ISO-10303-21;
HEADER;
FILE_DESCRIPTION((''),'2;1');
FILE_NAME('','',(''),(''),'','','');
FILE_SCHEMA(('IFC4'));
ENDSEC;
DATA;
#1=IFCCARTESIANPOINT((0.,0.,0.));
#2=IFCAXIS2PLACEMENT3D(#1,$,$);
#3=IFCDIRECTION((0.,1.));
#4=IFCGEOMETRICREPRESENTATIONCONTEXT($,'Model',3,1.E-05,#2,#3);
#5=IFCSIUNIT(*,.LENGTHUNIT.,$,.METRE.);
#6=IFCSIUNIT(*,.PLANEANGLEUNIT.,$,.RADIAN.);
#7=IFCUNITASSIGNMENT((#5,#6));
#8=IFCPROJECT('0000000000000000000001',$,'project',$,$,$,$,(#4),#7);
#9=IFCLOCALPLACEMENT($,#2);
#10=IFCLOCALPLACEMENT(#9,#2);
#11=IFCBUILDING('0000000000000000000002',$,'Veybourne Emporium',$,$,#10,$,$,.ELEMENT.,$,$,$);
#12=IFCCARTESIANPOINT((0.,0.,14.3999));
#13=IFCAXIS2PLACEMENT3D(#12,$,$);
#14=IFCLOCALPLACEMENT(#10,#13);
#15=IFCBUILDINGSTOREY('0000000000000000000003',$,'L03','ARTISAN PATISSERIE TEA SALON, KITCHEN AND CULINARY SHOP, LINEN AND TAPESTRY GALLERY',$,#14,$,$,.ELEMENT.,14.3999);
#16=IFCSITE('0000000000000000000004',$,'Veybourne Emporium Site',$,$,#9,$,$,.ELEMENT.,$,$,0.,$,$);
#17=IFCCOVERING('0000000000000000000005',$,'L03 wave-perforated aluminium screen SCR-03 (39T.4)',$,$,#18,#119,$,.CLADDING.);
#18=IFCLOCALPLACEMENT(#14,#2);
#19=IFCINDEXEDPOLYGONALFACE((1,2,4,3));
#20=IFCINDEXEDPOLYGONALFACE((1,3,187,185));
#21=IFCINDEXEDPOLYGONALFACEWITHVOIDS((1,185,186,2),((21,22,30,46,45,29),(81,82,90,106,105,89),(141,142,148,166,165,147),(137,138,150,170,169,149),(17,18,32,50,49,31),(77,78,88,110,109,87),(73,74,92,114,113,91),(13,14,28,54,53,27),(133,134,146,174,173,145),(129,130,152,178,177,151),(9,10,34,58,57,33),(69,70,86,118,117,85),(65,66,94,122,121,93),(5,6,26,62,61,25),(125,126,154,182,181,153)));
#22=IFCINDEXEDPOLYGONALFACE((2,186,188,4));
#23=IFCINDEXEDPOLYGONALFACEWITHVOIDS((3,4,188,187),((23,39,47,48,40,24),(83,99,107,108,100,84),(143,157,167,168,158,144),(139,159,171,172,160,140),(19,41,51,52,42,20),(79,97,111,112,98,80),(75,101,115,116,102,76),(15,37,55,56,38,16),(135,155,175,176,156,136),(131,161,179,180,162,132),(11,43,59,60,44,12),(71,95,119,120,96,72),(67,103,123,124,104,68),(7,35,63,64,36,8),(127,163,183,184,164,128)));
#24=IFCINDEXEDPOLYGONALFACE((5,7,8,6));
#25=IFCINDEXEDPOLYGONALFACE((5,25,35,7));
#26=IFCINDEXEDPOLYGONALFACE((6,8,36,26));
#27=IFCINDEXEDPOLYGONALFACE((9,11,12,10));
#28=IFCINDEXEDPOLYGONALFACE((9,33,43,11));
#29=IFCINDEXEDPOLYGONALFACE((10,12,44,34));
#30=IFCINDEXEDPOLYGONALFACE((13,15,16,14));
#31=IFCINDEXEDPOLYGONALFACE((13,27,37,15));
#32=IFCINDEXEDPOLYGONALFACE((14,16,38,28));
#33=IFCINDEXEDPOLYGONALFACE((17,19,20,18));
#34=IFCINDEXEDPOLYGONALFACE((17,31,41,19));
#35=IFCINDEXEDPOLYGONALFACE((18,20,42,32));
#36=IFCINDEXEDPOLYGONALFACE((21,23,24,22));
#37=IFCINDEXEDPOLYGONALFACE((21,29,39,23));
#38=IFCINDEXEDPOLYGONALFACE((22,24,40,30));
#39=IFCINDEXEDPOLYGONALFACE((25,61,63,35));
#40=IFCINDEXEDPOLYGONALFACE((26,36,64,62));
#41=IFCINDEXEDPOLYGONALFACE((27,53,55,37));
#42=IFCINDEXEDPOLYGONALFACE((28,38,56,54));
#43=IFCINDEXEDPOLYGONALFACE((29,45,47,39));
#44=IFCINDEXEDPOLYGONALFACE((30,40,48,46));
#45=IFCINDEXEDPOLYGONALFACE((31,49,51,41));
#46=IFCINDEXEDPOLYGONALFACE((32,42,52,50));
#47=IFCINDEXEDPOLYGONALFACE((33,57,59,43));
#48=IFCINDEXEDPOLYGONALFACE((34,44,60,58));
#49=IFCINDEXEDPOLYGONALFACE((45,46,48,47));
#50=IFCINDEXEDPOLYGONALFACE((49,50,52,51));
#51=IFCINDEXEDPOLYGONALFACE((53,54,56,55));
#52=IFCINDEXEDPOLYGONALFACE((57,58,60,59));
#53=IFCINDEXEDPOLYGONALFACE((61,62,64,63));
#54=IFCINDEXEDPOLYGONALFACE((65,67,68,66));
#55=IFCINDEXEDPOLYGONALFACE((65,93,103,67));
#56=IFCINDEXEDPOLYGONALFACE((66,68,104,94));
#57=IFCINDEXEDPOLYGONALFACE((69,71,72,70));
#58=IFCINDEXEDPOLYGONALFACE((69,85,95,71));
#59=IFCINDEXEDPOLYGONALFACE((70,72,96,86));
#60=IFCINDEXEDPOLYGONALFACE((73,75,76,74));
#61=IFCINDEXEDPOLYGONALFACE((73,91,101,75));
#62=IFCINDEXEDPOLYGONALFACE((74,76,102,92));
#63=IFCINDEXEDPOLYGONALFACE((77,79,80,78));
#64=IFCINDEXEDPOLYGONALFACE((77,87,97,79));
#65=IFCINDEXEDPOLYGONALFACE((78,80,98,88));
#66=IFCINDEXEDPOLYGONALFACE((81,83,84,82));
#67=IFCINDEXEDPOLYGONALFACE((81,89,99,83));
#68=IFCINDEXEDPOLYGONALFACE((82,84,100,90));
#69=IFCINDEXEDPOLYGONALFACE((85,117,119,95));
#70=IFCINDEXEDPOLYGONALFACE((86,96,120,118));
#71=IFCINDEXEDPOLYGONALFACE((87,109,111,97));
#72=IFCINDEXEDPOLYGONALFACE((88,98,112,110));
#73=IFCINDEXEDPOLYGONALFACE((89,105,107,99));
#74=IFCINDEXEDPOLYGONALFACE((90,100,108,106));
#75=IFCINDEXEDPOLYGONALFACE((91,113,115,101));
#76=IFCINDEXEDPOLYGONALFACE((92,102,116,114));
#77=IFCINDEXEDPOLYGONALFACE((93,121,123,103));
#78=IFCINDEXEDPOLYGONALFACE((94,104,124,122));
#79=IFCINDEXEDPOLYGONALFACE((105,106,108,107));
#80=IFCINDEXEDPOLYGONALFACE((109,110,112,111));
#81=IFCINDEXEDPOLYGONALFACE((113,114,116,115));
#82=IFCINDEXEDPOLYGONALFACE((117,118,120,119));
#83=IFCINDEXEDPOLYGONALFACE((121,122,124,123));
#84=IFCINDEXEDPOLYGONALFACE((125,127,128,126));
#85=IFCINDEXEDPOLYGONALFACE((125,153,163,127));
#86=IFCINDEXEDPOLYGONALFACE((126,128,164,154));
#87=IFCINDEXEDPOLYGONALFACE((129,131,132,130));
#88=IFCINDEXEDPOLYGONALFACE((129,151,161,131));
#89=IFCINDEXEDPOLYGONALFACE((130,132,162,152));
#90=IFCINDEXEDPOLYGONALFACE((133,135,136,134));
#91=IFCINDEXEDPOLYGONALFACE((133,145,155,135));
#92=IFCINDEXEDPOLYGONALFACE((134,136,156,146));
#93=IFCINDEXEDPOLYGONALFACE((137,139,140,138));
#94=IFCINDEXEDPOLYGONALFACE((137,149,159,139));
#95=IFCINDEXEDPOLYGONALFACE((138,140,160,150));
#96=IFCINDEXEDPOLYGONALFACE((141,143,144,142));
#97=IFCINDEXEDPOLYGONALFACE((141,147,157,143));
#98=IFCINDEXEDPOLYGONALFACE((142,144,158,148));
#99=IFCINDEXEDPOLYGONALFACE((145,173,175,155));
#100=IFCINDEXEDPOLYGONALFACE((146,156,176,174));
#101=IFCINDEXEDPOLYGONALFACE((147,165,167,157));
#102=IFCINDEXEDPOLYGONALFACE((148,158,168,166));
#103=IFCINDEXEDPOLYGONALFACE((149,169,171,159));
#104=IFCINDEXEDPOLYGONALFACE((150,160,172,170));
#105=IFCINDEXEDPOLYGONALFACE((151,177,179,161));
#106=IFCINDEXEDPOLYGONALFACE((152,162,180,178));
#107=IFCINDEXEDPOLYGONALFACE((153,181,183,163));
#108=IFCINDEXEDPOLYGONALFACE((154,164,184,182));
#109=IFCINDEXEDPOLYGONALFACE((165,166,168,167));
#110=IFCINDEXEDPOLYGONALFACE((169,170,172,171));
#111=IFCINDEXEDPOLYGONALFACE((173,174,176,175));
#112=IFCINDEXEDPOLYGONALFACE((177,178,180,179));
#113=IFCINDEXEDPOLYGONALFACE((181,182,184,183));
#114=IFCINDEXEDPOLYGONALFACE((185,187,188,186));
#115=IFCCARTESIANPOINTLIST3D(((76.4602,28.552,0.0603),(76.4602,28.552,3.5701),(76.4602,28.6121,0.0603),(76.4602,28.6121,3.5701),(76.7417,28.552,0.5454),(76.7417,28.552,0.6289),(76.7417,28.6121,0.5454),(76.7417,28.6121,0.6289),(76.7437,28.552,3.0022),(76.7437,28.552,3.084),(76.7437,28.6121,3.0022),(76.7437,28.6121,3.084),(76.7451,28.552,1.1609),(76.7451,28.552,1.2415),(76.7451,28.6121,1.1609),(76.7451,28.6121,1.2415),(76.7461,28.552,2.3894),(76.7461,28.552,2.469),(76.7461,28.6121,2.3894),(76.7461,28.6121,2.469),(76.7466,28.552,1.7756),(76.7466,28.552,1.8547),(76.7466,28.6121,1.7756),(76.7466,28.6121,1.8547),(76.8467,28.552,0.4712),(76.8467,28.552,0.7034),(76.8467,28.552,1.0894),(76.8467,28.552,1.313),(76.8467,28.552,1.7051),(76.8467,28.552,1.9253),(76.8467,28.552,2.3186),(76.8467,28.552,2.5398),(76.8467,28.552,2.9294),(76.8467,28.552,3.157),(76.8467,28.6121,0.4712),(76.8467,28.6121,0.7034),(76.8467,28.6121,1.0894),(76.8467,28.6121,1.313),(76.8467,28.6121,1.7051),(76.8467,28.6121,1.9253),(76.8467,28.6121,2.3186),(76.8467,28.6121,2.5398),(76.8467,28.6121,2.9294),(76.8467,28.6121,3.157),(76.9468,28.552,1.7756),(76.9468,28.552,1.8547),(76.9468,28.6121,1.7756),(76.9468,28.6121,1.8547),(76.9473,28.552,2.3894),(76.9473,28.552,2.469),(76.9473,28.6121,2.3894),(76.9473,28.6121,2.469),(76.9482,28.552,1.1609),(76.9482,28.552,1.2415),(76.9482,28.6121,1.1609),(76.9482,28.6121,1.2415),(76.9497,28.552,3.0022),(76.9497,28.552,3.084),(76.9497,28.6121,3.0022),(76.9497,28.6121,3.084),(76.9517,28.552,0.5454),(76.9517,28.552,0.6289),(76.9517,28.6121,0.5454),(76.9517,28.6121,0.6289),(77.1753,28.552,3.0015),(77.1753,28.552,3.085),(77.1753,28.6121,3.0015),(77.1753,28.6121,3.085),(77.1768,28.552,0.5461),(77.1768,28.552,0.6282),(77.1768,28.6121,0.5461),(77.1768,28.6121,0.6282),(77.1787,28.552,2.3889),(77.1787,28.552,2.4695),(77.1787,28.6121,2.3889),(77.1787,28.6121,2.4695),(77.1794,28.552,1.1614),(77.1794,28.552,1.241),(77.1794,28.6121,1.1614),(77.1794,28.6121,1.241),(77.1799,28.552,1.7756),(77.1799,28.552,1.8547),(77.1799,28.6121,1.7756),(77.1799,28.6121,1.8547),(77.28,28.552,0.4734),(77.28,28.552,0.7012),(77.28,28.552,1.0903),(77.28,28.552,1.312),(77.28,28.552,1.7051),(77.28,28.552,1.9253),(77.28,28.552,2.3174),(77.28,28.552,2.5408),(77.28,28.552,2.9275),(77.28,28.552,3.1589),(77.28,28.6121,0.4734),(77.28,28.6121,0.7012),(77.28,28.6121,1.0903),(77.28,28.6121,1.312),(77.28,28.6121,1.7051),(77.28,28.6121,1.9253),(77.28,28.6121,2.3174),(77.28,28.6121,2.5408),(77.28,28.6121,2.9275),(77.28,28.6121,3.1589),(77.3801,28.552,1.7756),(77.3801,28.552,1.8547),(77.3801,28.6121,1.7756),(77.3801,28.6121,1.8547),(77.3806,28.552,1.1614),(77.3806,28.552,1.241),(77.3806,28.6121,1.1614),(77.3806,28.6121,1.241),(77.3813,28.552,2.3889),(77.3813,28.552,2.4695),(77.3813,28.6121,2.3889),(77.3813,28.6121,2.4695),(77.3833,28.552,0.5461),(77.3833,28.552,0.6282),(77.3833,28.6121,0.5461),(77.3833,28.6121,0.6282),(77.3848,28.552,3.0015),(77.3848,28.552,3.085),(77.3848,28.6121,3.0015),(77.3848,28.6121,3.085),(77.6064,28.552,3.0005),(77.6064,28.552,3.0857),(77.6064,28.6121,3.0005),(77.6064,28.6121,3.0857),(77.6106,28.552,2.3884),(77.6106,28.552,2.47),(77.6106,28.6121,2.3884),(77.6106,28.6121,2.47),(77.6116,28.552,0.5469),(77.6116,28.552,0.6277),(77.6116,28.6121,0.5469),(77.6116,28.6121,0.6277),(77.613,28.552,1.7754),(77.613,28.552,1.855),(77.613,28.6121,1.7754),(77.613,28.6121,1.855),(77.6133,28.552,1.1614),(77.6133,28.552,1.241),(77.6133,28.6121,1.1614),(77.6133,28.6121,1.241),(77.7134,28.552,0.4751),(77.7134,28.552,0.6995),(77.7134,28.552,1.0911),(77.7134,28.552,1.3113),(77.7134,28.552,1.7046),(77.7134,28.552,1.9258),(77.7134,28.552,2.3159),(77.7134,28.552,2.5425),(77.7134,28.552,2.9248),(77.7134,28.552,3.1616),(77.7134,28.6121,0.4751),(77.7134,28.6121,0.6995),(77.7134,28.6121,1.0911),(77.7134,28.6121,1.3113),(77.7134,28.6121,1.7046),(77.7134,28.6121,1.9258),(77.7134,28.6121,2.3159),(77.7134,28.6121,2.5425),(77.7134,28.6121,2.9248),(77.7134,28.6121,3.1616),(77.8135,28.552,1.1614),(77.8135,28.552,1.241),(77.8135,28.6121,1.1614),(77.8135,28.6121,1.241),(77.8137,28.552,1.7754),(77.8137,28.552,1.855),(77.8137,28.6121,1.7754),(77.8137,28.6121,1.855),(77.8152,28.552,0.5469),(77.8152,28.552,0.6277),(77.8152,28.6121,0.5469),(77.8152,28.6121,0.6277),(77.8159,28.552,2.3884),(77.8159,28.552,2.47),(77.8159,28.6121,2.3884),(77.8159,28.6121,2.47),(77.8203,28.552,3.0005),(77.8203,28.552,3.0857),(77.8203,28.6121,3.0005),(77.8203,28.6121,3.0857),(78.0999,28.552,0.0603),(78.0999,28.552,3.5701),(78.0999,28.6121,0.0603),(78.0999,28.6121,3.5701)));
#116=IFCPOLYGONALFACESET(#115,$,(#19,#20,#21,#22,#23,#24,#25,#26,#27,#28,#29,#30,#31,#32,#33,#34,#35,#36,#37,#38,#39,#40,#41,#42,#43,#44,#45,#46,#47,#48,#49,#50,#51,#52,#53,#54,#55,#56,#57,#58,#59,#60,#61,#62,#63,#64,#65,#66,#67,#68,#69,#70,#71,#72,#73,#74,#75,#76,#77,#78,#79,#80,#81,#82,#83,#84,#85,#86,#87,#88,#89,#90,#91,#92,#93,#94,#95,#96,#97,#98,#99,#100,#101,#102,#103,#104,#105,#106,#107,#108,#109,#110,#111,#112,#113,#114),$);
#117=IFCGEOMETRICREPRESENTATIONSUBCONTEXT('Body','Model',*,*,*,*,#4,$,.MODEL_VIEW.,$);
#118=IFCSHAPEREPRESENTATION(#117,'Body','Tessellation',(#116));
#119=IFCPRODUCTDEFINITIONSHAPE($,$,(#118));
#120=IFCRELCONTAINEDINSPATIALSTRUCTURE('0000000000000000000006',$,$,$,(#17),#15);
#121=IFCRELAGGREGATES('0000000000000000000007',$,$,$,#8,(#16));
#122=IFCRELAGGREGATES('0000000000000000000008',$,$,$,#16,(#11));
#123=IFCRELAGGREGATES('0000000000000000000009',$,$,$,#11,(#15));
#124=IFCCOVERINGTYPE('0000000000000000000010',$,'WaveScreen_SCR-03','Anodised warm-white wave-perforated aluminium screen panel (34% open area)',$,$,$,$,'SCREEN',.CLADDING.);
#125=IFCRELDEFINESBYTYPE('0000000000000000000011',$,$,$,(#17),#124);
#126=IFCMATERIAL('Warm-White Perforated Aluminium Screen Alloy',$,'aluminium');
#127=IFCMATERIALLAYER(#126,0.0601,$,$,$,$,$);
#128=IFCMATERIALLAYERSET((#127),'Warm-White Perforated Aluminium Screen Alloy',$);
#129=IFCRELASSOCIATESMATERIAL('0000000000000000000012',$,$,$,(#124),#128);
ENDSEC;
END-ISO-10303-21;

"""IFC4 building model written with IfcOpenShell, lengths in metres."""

from ifc_helpers import new_model, si_unit, direction, frame, origin, place, context, subcontext, project, spatial, polyline, outline, extrude, material, layer, layer_set, type_object, element, save


model = new_model("IFC4")

# Units and contexts
model_context = context("Model", 3, precision=1e-05, world=origin(), true_north=direction((0.0, 1.0)))
body_context = subcontext(model_context, "Body", "Model", "MODEL_VIEW")
ifc_project = project(units=[si_unit("LENGTHUNIT", "METRE"), si_unit("PLANEANGLEUNIT", "RADIAN")], contexts=[model_context])

# Site, building, storey
site_placement = place(None, origin())
site = spatial("IfcSite", under=ifc_project, at=site_placement, Name="Veybourne Emporium Site", CompositionType="ELEMENT", RefElevation=0.0)
building_placement = place(site_placement, origin())
building = spatial("IfcBuilding", under=site, at=building_placement, Name="Veybourne Emporium", CompositionType="ELEMENT")
storey_placement = place(building_placement, frame((0.0, 0.0, 14.3999)))
storey = spatial("IfcBuildingStorey", under=building, at=storey_placement, Name="L03", Description="ARTISAN PATISSERIE TEA SALON, KITCHEN AND CULINARY SHOP, LINEN AND TAPESTRY GALLERY", CompositionType="ELEMENT", Elevation=14.3999)

# Covering
ifc_material_1 = material(Name="Warm-White Perforated Aluminium Screen Alloy", Category="aluminium")
ifc_layer_1 = layer(ifc_material_1, 0.0601)
ifc_layer_set_1 = layer_set([ifc_layer_1], Name="Warm-White Perforated Aluminium Screen Alloy")
covering_type_1 = type_object("IfcCoveringType", Name="WaveScreen_SCR-03", Description="Anodised warm-white wave-perforated aluminium screen panel (34% open area)", ElementType="SCREEN", PredefinedType="CLADDING", material=ifc_layer_set_1)
covering_1_placement = place(storey_placement, frame((77.28, 28.552, 1.8152), z_axis=(0.0, 1.0, 0.0), x_axis=(-1.0, 0.0, 0.0)))
element("IfcCovering", 1, at=covering_1_placement, inside=storey, type_object=covering_type_1, Name="L03 wave-perforated aluminium screen SCR-03 (39T.4)", PredefinedType="CLADDING", context=body_context, shape_type="SweptSolid", body=[
    extrude(outline(polyline([(-0.8198, -1.7549), (0.8198, -1.7549), (0.8198, 1.7549), (-0.8198, 1.7549), (-0.8198, -1.7549)]), holes=[polyline([(-0.4333, -1.1157), (-0.3315, -1.1875), (-0.3315, -1.2683), (-0.4333, -1.3401), (-0.5352, -1.2683), (-0.5352, -1.1875), (-0.4333, -1.1157)]), polyline([(-0.4333, -0.5039), (-0.3333, -0.5742), (-0.3333, -0.6538), (-0.4333, -0.7241), (-0.5334, -0.6538), (-0.5334, -0.5742), (-0.4333, -0.5039)]), polyline([(-0.4333, 0.1106), (-0.333, 0.0398), (-0.333, -0.0398), (-0.4333, -0.1106), (-0.5337, -0.0398), (-0.5337, 0.0398), (-0.4333, 0.1106)]), polyline([(-0.4333, 0.7273), (-0.3306, 0.6548), (-0.3306, 0.5732), (-0.4333, 0.5007), (-0.5359, 0.5732), (-0.5359, 0.6548), (-0.4333, 0.7273)]), polyline([(-0.4333, 1.3464), (-0.3264, 1.2705), (-0.3264, 1.1853), (-0.4333, 1.1096), (-0.5403, 1.1853), (-0.5403, 1.2705), (-0.4333, 1.3464)]), polyline([(0.0, -1.114), (0.1033, -1.187), (0.1033, -1.269), (0.0, -1.3418), (-0.1033, -1.269), (-0.1033, -1.187), (0.0, -1.114)]), polyline([(0.0, -0.5032), (0.1006, -0.5742), (0.1006, -0.6538), (0.0, -0.7249), (-0.1006, -0.6538), (-0.1006, -0.5742), (0.0, -0.5032)]), polyline([(0.0, 0.1101), (0.1001, 0.0396), (0.1001, -0.0396), (0.0, -0.1101), (-0.1001, -0.0396), (-0.1001, 0.0396), (0.0, 0.1101)]), polyline([(0.0, 0.7256), (0.1013, 0.6543), (0.1013, 0.5737), (0.0, 0.5022), (-0.1013, 0.5737), (-0.1013, 0.6543), (0.0, 0.7256)]), polyline([(0.0, 1.3438), (0.1047, 1.2698), (0.1047, 1.1863), (0.0, 1.1123), (-0.1047, 1.1863), (-0.1047, 1.2698), (0.0, 1.3438)]), polyline([(0.4333, -1.1118), (0.5383, -1.1863), (0.5383, -1.2698), (0.4333, -1.344), (0.3284, -1.2698), (0.3284, -1.1863), (0.4333, -1.1118)]), polyline([(0.4333, -0.5022), (0.5349, -0.5737), (0.5349, -0.6543), (0.4333, -0.7258), (0.3318, -0.6543), (0.3318, -0.5737), (0.4333, -0.5022)]), polyline([(0.4333, 0.1101), (0.5334, 0.0396), (0.5334, -0.0396), (0.4333, -0.1101), (0.3333, -0.0396), (0.3333, 0.0396), (0.4333, 0.1101)]), polyline([(0.4333, 0.7246), (0.5339, 0.6538), (0.5339, 0.5742), (0.4333, 0.5034), (0.3328, 0.5742), (0.3328, 0.6538), (0.4333, 0.7246)]), polyline([(0.4333, 1.3418), (0.5364, 1.2688), (0.5364, 1.187), (0.4333, 1.1143), (0.3303, 1.187), (0.3303, 1.2688), (0.4333, 1.3418)])]), origin(), (0.0, 0.0, 1.0), 0.0601),
])

save(model, "model.ifc")
